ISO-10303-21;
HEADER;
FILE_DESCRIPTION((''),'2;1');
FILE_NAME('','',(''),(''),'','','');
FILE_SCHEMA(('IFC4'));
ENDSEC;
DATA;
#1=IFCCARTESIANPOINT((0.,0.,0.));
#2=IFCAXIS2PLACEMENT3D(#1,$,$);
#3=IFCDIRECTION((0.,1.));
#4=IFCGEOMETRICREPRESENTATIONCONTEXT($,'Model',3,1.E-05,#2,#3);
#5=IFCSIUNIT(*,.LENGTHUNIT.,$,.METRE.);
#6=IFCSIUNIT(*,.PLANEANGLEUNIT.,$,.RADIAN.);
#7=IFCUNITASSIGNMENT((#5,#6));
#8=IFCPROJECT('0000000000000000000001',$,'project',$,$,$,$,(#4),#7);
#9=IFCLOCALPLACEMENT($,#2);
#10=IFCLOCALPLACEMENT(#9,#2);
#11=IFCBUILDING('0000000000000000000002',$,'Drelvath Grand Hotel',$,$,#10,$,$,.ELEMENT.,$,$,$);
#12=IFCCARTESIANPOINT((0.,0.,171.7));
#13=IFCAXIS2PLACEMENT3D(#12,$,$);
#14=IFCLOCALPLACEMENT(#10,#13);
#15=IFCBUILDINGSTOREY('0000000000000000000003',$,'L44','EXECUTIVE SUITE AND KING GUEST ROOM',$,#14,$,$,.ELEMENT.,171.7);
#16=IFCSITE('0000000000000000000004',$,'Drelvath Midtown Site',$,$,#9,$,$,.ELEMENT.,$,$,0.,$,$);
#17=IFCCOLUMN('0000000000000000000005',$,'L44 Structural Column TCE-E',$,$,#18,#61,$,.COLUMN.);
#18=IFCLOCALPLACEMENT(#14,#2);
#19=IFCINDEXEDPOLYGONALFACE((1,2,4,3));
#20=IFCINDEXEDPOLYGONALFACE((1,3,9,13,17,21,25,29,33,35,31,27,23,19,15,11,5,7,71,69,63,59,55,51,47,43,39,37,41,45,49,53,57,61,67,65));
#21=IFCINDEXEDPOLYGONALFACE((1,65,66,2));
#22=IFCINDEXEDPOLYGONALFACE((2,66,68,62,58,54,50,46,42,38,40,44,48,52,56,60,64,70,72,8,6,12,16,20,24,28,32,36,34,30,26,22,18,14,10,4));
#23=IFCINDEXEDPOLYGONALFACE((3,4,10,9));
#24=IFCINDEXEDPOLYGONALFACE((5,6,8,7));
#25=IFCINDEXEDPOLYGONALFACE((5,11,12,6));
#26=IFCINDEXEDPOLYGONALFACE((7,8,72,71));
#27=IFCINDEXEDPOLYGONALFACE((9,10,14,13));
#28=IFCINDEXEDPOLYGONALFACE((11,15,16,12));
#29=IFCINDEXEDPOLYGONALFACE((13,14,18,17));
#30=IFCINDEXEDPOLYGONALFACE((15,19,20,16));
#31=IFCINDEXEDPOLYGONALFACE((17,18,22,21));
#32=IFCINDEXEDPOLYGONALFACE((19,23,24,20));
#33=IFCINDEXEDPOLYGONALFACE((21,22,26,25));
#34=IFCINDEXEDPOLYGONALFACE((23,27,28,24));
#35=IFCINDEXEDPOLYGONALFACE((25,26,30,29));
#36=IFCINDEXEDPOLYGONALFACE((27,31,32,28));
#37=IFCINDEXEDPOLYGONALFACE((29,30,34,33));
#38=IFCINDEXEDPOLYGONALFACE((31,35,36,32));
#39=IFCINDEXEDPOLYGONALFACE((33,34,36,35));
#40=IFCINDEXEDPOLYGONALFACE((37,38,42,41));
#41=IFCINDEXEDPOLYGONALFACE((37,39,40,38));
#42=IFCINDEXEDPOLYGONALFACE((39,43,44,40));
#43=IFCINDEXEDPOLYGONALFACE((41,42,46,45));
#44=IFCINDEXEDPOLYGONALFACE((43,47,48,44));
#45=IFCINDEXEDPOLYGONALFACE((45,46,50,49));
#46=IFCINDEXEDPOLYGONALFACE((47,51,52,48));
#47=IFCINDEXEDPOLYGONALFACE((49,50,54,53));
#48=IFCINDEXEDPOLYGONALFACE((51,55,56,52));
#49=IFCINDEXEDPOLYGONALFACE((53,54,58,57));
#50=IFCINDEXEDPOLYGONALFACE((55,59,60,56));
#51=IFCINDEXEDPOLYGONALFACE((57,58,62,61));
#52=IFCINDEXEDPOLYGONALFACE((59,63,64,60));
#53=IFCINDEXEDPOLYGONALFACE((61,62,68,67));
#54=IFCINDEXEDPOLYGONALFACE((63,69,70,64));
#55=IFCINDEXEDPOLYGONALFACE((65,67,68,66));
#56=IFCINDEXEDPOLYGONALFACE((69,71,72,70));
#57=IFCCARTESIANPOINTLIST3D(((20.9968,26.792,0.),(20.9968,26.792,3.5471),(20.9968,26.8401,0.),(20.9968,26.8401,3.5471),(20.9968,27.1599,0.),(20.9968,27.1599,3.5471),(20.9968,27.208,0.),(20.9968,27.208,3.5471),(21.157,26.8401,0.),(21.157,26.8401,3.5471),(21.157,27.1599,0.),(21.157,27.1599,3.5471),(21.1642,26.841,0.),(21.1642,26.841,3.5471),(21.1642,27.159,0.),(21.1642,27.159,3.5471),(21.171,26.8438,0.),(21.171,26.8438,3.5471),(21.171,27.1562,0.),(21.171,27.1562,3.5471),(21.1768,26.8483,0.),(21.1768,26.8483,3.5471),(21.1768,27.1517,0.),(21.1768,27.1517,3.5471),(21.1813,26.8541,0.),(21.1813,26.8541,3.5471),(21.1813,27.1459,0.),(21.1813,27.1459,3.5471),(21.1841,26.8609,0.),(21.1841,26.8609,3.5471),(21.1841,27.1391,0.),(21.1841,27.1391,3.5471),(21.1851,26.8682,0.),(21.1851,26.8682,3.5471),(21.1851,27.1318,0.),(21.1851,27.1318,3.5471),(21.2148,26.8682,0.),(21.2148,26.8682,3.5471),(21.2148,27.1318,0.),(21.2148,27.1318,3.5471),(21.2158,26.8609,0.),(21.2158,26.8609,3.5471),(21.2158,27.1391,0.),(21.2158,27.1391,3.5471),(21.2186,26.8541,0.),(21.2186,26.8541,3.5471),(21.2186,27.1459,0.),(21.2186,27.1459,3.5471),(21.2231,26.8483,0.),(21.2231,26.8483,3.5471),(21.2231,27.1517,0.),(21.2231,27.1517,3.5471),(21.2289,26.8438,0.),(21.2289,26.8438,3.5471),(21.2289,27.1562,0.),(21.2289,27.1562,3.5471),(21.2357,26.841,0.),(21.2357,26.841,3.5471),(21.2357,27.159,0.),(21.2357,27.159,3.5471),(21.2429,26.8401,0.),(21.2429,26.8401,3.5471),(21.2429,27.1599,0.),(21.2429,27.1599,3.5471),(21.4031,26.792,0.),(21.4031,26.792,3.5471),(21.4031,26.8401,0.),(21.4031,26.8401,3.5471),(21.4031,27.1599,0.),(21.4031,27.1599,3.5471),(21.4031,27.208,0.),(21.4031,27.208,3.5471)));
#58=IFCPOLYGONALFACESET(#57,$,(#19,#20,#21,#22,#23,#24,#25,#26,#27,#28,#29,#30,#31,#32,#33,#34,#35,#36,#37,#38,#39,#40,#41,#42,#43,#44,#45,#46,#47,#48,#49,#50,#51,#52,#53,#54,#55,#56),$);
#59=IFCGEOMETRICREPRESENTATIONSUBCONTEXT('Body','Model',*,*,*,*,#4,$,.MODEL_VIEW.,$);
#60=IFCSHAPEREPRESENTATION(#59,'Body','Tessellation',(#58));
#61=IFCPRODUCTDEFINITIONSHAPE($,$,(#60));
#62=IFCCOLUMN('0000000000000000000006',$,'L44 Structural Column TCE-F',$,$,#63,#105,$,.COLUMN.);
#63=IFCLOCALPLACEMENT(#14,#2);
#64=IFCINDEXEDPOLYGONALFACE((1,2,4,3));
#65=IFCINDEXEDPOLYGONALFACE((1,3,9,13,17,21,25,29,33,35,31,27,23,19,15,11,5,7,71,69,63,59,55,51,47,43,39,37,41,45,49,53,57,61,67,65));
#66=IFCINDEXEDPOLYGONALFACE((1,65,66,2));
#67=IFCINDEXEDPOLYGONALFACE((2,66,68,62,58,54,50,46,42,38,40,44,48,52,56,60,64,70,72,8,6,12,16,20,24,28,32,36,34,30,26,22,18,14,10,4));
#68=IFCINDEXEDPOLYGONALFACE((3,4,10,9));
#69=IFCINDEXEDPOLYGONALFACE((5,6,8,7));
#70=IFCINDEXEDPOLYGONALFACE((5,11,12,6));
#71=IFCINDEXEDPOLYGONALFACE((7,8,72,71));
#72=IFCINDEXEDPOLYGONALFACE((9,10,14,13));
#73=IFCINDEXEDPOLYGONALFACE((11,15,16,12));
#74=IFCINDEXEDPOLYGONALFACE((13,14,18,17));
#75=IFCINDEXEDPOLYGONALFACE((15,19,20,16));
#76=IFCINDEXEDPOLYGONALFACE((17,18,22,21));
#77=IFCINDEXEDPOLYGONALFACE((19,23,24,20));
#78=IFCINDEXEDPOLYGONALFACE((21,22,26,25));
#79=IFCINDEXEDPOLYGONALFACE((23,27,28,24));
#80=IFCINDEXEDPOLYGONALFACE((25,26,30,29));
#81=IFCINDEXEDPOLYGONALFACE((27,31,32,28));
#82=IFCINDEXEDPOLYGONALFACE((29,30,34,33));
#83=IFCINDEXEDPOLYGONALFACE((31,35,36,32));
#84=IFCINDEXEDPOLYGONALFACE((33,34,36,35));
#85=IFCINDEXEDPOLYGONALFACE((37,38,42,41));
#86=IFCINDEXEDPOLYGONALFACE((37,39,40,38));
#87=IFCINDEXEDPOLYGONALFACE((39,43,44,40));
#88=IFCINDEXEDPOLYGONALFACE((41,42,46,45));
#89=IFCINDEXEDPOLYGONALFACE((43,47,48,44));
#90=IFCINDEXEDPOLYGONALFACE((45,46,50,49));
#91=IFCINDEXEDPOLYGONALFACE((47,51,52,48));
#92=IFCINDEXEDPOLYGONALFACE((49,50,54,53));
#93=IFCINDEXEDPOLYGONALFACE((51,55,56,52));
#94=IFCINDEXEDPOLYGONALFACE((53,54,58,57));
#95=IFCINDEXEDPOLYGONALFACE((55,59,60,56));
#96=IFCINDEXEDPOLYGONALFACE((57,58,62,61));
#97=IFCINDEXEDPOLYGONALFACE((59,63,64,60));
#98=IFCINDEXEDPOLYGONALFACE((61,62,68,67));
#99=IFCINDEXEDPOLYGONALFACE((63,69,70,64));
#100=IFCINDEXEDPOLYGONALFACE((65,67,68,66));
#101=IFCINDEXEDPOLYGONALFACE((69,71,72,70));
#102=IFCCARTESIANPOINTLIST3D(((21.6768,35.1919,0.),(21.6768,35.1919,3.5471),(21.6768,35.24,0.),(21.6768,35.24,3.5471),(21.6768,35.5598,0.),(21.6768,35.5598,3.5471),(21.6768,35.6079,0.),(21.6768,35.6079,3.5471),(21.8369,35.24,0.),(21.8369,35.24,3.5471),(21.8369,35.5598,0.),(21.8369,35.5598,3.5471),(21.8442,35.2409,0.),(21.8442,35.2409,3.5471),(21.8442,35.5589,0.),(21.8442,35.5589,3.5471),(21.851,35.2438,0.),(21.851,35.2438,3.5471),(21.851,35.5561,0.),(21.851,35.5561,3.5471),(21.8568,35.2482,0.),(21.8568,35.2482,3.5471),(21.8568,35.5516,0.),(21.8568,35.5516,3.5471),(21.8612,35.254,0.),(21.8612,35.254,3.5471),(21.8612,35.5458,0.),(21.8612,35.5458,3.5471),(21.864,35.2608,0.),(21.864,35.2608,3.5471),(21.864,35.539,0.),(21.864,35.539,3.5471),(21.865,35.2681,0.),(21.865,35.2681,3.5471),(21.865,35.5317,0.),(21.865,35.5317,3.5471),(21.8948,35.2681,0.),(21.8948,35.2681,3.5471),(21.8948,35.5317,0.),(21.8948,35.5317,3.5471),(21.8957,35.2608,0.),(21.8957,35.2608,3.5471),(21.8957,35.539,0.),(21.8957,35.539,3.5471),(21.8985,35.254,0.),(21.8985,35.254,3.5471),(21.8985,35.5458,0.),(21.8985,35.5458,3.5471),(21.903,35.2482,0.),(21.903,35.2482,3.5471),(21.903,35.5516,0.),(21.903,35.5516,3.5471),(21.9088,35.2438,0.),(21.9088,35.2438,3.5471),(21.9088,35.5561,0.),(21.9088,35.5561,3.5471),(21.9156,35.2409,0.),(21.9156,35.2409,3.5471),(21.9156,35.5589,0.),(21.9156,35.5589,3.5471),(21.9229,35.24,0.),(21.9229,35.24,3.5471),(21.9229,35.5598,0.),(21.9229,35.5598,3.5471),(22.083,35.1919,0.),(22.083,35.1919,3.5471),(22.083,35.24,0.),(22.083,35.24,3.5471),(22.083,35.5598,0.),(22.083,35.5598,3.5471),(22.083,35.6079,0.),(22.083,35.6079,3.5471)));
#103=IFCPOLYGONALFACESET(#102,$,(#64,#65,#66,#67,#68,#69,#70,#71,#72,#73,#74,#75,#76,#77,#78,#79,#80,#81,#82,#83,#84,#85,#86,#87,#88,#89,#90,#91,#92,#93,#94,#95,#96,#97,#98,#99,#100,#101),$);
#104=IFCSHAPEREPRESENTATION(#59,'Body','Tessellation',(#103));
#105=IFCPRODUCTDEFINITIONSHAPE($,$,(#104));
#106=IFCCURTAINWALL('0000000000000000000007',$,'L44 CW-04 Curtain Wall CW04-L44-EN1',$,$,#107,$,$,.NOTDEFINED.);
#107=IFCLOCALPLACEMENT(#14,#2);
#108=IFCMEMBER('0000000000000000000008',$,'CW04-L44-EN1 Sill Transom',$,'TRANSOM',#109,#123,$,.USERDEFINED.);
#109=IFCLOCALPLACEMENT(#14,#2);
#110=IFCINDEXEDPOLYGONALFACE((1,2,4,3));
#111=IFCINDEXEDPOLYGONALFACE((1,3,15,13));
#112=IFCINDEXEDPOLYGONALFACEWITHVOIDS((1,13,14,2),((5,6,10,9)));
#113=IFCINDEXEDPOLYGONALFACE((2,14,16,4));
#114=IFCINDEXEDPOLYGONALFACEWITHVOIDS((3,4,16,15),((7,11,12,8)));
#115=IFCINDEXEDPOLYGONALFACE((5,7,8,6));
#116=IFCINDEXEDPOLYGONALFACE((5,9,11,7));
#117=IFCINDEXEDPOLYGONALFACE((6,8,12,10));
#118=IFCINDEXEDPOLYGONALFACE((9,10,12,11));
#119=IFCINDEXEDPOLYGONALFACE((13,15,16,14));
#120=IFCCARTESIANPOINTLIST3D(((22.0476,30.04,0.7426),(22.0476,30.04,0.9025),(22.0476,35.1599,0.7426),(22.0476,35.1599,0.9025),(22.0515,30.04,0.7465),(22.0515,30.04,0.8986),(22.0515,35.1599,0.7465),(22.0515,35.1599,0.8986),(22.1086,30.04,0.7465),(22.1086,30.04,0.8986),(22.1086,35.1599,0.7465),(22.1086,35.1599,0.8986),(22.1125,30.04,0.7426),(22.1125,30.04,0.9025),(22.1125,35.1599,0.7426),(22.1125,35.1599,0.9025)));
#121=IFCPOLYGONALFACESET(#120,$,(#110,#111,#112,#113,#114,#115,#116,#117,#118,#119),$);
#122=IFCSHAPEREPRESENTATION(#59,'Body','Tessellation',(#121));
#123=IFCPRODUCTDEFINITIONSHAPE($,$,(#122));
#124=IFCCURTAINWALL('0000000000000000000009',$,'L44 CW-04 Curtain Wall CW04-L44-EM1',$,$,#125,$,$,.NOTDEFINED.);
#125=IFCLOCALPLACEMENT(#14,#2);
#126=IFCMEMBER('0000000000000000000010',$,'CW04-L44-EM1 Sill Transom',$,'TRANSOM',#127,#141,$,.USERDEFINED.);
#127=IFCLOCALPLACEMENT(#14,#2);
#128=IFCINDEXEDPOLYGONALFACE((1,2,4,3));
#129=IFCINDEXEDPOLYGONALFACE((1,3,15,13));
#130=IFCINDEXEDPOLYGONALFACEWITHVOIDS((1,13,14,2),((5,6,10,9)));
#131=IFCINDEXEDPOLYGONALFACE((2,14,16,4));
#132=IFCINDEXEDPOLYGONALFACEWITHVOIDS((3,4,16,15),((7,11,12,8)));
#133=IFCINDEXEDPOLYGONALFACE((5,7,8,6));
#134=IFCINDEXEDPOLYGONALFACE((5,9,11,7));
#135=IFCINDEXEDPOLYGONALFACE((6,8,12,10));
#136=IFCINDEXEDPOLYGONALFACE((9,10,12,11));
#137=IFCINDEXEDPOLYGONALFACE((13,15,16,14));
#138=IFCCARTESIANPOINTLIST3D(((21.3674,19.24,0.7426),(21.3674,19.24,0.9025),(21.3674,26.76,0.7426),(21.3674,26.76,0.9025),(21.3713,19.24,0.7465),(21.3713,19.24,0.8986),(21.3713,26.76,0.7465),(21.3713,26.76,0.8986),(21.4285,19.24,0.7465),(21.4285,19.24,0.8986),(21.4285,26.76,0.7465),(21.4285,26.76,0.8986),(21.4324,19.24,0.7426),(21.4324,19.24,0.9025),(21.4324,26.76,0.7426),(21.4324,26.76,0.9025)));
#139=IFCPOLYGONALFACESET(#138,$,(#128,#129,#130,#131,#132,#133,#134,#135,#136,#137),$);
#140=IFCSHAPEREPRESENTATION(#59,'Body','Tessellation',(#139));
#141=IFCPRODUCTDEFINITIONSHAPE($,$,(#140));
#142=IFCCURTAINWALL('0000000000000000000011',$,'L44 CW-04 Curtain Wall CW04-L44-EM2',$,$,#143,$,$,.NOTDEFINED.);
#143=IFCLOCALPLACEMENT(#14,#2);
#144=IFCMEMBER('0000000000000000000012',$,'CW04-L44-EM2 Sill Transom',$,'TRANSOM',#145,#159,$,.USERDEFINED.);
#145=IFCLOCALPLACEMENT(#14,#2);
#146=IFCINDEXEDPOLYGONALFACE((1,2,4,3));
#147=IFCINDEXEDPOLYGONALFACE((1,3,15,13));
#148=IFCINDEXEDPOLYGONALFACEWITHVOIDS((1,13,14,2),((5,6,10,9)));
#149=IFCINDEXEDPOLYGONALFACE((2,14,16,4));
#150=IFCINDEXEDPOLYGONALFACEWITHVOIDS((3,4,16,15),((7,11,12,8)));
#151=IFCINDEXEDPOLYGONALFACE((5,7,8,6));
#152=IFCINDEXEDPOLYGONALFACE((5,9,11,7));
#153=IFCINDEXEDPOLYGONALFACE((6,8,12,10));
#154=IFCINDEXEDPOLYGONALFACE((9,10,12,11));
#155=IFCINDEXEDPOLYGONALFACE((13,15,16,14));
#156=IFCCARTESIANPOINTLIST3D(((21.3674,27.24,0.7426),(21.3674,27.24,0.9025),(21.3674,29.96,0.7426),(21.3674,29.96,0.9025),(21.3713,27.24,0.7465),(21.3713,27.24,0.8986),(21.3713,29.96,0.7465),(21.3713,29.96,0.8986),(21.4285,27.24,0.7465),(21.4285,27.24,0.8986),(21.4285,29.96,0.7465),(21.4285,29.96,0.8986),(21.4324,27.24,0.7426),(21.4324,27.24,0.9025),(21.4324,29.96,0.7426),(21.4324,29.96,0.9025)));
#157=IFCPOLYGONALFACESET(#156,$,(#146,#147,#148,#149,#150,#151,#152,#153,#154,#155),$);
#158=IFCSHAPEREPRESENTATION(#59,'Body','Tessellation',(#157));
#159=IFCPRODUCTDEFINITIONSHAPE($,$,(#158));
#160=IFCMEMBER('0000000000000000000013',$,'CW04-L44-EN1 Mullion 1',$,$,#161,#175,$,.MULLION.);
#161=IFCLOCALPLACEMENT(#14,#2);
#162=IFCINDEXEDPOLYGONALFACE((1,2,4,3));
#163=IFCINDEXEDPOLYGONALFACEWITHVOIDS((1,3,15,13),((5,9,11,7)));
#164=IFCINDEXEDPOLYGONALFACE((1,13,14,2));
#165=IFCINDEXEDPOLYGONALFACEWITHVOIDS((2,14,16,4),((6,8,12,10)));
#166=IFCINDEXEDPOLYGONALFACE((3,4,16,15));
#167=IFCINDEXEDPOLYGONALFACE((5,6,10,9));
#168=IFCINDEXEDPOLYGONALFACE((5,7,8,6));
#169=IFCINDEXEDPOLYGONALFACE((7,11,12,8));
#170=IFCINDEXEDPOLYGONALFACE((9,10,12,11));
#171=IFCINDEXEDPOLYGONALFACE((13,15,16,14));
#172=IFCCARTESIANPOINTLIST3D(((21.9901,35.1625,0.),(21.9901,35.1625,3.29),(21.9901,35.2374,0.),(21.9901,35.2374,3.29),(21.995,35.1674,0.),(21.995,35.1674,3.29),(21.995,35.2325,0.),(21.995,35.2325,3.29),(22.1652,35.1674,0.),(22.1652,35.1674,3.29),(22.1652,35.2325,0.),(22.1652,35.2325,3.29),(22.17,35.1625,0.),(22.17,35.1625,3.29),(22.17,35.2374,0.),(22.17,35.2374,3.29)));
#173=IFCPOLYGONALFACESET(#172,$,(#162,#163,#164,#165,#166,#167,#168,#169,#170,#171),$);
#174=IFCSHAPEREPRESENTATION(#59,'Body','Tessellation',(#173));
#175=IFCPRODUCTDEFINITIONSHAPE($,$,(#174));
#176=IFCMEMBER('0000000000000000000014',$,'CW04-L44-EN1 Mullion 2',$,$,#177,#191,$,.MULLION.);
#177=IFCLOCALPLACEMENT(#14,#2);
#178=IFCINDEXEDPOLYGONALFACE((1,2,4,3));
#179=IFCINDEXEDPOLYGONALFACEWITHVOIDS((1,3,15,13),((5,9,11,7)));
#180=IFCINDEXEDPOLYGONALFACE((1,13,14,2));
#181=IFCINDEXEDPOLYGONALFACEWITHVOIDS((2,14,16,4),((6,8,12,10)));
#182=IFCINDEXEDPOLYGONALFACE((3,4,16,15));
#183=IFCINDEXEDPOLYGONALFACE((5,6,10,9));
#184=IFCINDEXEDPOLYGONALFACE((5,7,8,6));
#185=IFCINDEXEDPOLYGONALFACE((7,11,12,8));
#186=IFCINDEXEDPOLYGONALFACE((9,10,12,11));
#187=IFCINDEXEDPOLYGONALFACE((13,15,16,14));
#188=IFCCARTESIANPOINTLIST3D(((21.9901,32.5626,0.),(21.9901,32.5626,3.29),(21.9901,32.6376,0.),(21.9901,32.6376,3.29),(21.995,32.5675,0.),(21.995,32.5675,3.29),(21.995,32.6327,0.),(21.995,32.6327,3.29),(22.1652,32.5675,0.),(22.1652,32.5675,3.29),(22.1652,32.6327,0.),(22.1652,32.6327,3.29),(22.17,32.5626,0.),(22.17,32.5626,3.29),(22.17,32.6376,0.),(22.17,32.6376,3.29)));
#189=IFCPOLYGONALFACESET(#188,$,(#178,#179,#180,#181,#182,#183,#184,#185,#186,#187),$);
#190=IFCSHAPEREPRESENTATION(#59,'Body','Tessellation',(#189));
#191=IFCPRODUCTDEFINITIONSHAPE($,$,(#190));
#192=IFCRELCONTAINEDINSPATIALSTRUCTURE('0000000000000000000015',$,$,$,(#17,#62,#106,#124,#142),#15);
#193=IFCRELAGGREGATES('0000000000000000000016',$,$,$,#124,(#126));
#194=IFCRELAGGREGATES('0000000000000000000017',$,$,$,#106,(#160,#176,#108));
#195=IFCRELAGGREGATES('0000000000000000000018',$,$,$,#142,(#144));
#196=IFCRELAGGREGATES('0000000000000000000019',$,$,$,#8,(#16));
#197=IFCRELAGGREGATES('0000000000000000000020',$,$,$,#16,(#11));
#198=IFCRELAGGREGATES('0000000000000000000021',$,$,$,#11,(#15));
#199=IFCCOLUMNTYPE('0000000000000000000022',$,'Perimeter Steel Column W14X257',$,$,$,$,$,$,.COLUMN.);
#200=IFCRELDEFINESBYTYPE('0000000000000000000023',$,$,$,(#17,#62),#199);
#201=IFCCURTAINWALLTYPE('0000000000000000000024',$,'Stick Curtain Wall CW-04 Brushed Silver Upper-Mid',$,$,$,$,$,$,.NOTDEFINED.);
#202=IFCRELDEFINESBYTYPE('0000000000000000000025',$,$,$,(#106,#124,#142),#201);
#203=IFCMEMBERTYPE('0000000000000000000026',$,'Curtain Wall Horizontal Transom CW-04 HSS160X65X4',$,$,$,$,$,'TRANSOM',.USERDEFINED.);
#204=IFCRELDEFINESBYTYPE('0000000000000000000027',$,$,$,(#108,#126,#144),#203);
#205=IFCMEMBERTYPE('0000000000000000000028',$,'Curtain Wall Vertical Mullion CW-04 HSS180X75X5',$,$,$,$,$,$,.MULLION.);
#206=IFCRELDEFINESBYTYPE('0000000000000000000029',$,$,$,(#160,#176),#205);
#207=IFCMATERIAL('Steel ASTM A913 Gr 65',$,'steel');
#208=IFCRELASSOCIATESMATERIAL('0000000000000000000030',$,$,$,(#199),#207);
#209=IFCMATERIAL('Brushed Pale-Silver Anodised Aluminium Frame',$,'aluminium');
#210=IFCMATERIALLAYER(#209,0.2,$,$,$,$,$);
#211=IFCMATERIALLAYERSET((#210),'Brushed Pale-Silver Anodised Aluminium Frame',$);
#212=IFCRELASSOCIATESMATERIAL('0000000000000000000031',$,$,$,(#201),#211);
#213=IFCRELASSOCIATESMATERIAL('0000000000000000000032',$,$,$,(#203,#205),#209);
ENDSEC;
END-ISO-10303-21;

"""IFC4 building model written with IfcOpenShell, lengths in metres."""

from ifc_helpers import new_model, si_unit, direction, frame, origin, origin_2d, place, context, subcontext, project, spatial, hollow_rectangle, i_section, extrude, material, layer, layer_set, material_profile, profile_set, type_object, element, aggregate, save


model = new_model("IFC4")

# Units and contexts
model_context = context("Model", 3, precision=1e-05, world=origin(), true_north=direction((0.0, 1.0)))
body_context = subcontext(model_context, "Body", "Model", "MODEL_VIEW")
ifc_project = project(units=[si_unit("LENGTHUNIT", "METRE"), si_unit("PLANEANGLEUNIT", "RADIAN")], contexts=[model_context])

# Site, building, storey
site_placement = place(None, origin())
site = spatial("IfcSite", under=ifc_project, at=site_placement, Name="Drelvath Midtown Site", CompositionType="ELEMENT", RefElevation=0.0)
building_placement = place(site_placement, origin())
building = spatial("IfcBuilding", under=site, at=building_placement, Name="Drelvath Grand Hotel", CompositionType="ELEMENT")
storey_placement = place(building_placement, frame((0.0, 0.0, 171.7)))
storey = spatial("IfcBuildingStorey", under=building, at=storey_placement, Name="L44", Description="EXECUTIVE SUITE AND KING GUEST ROOM", CompositionType="ELEMENT", Elevation=171.7)

# Columns
ifc_material_1 = material(Name="Steel ASTM A913 Gr 65", Category="steel")
ifc_material_profile_1 = material_profile(ifc_material_1, i_section(OverallWidth=0.4062, OverallDepth=0.416, WebThickness=0.0298, FlangeThickness=0.0481, FilletRadius=0.0281, at=origin_2d()), Name="W14X257")
ifc_profile_set_1 = profile_set([ifc_material_profile_1], Name="Steel ASTM A913 Gr 65")
column_type = type_object("IfcColumnType", Name="Perimeter Steel Column W14X257", PredefinedType="COLUMN", material=ifc_profile_set_1)
for number, where, z_axis, x_axis, name in (
    (1, (21.2, 27.0, 0.0), (0.0, 0.0, 1.0), (1.0, 0.0, 0.0), "L44 Structural Column TCE-E"),
    (2, (21.8799, 35.3999, 0.0), (0.0, 0.0, 1.0), (1.0, 0.0, 0.0), "L44 Structural Column TCE-F"),
):
    element("IfcColumn", number, at=place(storey_placement, frame(where, z_axis=z_axis, x_axis=x_axis)), inside=storey, type_object=column_type, Name=name, PredefinedType="COLUMN", context=body_context, shape_type="SweptSolid", body=[
        extrude(i_section(OverallWidth=0.4062, OverallDepth=0.416, WebThickness=0.0298, FlangeThickness=0.0481, FilletRadius=0.0281, at=origin_2d()), origin(), (0.0, 0.0, 1.0), 3.5471),
    ])

# Curtain walls, members
ifc_material_2 = material(Name="Brushed Pale-Silver Anodised Aluminium Frame", Category="aluminium")
ifc_layer_1 = layer(ifc_material_2, 0.2)
ifc_layer_set_1 = layer_set([ifc_layer_1], Name="Brushed Pale-Silver Anodised Aluminium Frame")
curtain_wall_type = type_object("IfcCurtainWallType", Name="Stick Curtain Wall CW-04 Brushed Silver Upper-Mid", PredefinedType="NOTDEFINED", material=ifc_layer_set_1)
curtain_wall_1_placement = place(storey_placement, origin())
curtain_wall_1 = element("IfcCurtainWall", 3, at=curtain_wall_1_placement, inside=storey, type_object=curtain_wall_type, Name="L44 CW-04 Curtain Wall CW04-L44-EN1", PredefinedType="NOTDEFINED")
ifc_material_profile_2 = material_profile(ifc_material_2, hollow_rectangle(XDim=0.0649, YDim=0.1599, WallThickness=0.0039, at=origin_2d()), Name="HSS160X65X4")
ifc_profile_set_2 = profile_set([ifc_material_profile_2], Name="Brushed Pale-Silver Anodised Aluminium Frame")
member_type_1 = type_object("IfcMemberType", Name="Curtain Wall Horizontal Transom CW-04 HSS160X65X4", ElementType="TRANSOM", PredefinedType="USERDEFINED", material=ifc_profile_set_2)
member_1_placement = place(storey_placement, frame((22.0801, 35.1599, 0.8225), z_axis=(0.0, -1.0, 0.0), x_axis=(1.0, 0.0, 0.0)))
member_1 = element("IfcMember", 4, at=member_1_placement, type_object=member_type_1, Name="CW04-L44-EN1 Sill Transom", ObjectType="TRANSOM", PredefinedType="USERDEFINED", context=body_context, shape_type="SweptSolid", body=[
    extrude(hollow_rectangle(XDim=0.0649, YDim=0.1599, WallThickness=0.0039, at=origin_2d()), origin(), (0.0, 0.0, 1.0), 5.1199),
])
curtain_wall_2_placement = place(storey_placement, origin())
curtain_wall_2 = element("IfcCurtainWall", 5, at=curtain_wall_2_placement, inside=storey, type_object=curtain_wall_type, Name="L44 CW-04 Curtain Wall CW04-L44-EM1", PredefinedType="NOTDEFINED")
member_2_placement = place(storey_placement, frame((21.3999, 26.76, 0.8225), z_axis=(0.0, -1.0, 0.0), x_axis=(1.0, 0.0, 0.0)))
member_2 = element("IfcMember", 6, at=member_2_placement, type_object=member_type_1, Name="CW04-L44-EM1 Sill Transom", ObjectType="TRANSOM", PredefinedType="USERDEFINED", context=body_context, shape_type="SweptSolid", body=[
    extrude(hollow_rectangle(XDim=0.0649, YDim=0.1599, WallThickness=0.0039, at=origin_2d()), origin(), (0.0, 0.0, 1.0), 7.52),
])
curtain_wall_3_placement = place(storey_placement, origin())
curtain_wall_3 = element("IfcCurtainWall", 7, at=curtain_wall_3_placement, inside=storey, type_object=curtain_wall_type, Name="L44 CW-04 Curtain Wall CW04-L44-EM2", PredefinedType="NOTDEFINED")
member_3_placement = place(storey_placement, frame((21.3999, 29.96, 0.8225), z_axis=(0.0, -1.0, 0.0), x_axis=(1.0, 0.0, 0.0)))
member_3 = element("IfcMember", 8, at=member_3_placement, type_object=member_type_1, Name="CW04-L44-EM2 Sill Transom", ObjectType="TRANSOM", PredefinedType="USERDEFINED", context=body_context, shape_type="SweptSolid", body=[
    extrude(hollow_rectangle(XDim=0.0649, YDim=0.1599, WallThickness=0.0039, at=origin_2d()), origin(), (0.0, 0.0, 1.0), 2.72),
])

# Members
ifc_material_profile_3 = material_profile(ifc_material_2, hollow_rectangle(XDim=0.075, YDim=0.1799, WallThickness=0.0049, at=origin_2d()), Name="HSS180X75X5")
ifc_profile_set_3 = profile_set([ifc_material_profile_3], Name="Brushed Pale-Silver Anodised Aluminium Frame")
member_type_2 = type_object("IfcMemberType", Name="Curtain Wall Vertical Mullion CW-04 HSS180X75X5", PredefinedType="MULLION", material=ifc_profile_set_3)
member_4_placement = place(storey_placement, frame((22.0801, 35.2, 0.0), z_axis=(0.0, 0.0, 1.0), x_axis=(0.0, 1.0, 0.0)))
member_4 = element("IfcMember", 9, at=member_4_placement, type_object=member_type_2, Name="CW04-L44-EN1 Mullion 1", PredefinedType="MULLION", context=body_context, shape_type="SweptSolid", body=[
    extrude(hollow_rectangle(XDim=0.075, YDim=0.1799, WallThickness=0.0049, at=origin_2d()), origin(), (0.0, 0.0, 1.0), 3.29),
])
member_5_placement = place(storey_placement, frame((22.0801, 32.6001, 0.0), z_axis=(0.0, 0.0, 1.0), x_axis=(0.0, 1.0, 0.0)))
member_5 = element("IfcMember", 10, at=member_5_placement, type_object=member_type_2, Name="CW04-L44-EN1 Mullion 2", PredefinedType="MULLION", context=body_context, shape_type="SweptSolid", body=[
    extrude(hollow_rectangle(XDim=0.075, YDim=0.1799, WallThickness=0.0049, at=origin_2d()), origin(), (0.0, 0.0, 1.0), 3.29),
])
aggregate(curtain_wall_2, [member_2])

aggregate(curtain_wall_1, [member_4, member_5, member_1])
aggregate(curtain_wall_3, [member_3])

save(model, "model.ifc")
